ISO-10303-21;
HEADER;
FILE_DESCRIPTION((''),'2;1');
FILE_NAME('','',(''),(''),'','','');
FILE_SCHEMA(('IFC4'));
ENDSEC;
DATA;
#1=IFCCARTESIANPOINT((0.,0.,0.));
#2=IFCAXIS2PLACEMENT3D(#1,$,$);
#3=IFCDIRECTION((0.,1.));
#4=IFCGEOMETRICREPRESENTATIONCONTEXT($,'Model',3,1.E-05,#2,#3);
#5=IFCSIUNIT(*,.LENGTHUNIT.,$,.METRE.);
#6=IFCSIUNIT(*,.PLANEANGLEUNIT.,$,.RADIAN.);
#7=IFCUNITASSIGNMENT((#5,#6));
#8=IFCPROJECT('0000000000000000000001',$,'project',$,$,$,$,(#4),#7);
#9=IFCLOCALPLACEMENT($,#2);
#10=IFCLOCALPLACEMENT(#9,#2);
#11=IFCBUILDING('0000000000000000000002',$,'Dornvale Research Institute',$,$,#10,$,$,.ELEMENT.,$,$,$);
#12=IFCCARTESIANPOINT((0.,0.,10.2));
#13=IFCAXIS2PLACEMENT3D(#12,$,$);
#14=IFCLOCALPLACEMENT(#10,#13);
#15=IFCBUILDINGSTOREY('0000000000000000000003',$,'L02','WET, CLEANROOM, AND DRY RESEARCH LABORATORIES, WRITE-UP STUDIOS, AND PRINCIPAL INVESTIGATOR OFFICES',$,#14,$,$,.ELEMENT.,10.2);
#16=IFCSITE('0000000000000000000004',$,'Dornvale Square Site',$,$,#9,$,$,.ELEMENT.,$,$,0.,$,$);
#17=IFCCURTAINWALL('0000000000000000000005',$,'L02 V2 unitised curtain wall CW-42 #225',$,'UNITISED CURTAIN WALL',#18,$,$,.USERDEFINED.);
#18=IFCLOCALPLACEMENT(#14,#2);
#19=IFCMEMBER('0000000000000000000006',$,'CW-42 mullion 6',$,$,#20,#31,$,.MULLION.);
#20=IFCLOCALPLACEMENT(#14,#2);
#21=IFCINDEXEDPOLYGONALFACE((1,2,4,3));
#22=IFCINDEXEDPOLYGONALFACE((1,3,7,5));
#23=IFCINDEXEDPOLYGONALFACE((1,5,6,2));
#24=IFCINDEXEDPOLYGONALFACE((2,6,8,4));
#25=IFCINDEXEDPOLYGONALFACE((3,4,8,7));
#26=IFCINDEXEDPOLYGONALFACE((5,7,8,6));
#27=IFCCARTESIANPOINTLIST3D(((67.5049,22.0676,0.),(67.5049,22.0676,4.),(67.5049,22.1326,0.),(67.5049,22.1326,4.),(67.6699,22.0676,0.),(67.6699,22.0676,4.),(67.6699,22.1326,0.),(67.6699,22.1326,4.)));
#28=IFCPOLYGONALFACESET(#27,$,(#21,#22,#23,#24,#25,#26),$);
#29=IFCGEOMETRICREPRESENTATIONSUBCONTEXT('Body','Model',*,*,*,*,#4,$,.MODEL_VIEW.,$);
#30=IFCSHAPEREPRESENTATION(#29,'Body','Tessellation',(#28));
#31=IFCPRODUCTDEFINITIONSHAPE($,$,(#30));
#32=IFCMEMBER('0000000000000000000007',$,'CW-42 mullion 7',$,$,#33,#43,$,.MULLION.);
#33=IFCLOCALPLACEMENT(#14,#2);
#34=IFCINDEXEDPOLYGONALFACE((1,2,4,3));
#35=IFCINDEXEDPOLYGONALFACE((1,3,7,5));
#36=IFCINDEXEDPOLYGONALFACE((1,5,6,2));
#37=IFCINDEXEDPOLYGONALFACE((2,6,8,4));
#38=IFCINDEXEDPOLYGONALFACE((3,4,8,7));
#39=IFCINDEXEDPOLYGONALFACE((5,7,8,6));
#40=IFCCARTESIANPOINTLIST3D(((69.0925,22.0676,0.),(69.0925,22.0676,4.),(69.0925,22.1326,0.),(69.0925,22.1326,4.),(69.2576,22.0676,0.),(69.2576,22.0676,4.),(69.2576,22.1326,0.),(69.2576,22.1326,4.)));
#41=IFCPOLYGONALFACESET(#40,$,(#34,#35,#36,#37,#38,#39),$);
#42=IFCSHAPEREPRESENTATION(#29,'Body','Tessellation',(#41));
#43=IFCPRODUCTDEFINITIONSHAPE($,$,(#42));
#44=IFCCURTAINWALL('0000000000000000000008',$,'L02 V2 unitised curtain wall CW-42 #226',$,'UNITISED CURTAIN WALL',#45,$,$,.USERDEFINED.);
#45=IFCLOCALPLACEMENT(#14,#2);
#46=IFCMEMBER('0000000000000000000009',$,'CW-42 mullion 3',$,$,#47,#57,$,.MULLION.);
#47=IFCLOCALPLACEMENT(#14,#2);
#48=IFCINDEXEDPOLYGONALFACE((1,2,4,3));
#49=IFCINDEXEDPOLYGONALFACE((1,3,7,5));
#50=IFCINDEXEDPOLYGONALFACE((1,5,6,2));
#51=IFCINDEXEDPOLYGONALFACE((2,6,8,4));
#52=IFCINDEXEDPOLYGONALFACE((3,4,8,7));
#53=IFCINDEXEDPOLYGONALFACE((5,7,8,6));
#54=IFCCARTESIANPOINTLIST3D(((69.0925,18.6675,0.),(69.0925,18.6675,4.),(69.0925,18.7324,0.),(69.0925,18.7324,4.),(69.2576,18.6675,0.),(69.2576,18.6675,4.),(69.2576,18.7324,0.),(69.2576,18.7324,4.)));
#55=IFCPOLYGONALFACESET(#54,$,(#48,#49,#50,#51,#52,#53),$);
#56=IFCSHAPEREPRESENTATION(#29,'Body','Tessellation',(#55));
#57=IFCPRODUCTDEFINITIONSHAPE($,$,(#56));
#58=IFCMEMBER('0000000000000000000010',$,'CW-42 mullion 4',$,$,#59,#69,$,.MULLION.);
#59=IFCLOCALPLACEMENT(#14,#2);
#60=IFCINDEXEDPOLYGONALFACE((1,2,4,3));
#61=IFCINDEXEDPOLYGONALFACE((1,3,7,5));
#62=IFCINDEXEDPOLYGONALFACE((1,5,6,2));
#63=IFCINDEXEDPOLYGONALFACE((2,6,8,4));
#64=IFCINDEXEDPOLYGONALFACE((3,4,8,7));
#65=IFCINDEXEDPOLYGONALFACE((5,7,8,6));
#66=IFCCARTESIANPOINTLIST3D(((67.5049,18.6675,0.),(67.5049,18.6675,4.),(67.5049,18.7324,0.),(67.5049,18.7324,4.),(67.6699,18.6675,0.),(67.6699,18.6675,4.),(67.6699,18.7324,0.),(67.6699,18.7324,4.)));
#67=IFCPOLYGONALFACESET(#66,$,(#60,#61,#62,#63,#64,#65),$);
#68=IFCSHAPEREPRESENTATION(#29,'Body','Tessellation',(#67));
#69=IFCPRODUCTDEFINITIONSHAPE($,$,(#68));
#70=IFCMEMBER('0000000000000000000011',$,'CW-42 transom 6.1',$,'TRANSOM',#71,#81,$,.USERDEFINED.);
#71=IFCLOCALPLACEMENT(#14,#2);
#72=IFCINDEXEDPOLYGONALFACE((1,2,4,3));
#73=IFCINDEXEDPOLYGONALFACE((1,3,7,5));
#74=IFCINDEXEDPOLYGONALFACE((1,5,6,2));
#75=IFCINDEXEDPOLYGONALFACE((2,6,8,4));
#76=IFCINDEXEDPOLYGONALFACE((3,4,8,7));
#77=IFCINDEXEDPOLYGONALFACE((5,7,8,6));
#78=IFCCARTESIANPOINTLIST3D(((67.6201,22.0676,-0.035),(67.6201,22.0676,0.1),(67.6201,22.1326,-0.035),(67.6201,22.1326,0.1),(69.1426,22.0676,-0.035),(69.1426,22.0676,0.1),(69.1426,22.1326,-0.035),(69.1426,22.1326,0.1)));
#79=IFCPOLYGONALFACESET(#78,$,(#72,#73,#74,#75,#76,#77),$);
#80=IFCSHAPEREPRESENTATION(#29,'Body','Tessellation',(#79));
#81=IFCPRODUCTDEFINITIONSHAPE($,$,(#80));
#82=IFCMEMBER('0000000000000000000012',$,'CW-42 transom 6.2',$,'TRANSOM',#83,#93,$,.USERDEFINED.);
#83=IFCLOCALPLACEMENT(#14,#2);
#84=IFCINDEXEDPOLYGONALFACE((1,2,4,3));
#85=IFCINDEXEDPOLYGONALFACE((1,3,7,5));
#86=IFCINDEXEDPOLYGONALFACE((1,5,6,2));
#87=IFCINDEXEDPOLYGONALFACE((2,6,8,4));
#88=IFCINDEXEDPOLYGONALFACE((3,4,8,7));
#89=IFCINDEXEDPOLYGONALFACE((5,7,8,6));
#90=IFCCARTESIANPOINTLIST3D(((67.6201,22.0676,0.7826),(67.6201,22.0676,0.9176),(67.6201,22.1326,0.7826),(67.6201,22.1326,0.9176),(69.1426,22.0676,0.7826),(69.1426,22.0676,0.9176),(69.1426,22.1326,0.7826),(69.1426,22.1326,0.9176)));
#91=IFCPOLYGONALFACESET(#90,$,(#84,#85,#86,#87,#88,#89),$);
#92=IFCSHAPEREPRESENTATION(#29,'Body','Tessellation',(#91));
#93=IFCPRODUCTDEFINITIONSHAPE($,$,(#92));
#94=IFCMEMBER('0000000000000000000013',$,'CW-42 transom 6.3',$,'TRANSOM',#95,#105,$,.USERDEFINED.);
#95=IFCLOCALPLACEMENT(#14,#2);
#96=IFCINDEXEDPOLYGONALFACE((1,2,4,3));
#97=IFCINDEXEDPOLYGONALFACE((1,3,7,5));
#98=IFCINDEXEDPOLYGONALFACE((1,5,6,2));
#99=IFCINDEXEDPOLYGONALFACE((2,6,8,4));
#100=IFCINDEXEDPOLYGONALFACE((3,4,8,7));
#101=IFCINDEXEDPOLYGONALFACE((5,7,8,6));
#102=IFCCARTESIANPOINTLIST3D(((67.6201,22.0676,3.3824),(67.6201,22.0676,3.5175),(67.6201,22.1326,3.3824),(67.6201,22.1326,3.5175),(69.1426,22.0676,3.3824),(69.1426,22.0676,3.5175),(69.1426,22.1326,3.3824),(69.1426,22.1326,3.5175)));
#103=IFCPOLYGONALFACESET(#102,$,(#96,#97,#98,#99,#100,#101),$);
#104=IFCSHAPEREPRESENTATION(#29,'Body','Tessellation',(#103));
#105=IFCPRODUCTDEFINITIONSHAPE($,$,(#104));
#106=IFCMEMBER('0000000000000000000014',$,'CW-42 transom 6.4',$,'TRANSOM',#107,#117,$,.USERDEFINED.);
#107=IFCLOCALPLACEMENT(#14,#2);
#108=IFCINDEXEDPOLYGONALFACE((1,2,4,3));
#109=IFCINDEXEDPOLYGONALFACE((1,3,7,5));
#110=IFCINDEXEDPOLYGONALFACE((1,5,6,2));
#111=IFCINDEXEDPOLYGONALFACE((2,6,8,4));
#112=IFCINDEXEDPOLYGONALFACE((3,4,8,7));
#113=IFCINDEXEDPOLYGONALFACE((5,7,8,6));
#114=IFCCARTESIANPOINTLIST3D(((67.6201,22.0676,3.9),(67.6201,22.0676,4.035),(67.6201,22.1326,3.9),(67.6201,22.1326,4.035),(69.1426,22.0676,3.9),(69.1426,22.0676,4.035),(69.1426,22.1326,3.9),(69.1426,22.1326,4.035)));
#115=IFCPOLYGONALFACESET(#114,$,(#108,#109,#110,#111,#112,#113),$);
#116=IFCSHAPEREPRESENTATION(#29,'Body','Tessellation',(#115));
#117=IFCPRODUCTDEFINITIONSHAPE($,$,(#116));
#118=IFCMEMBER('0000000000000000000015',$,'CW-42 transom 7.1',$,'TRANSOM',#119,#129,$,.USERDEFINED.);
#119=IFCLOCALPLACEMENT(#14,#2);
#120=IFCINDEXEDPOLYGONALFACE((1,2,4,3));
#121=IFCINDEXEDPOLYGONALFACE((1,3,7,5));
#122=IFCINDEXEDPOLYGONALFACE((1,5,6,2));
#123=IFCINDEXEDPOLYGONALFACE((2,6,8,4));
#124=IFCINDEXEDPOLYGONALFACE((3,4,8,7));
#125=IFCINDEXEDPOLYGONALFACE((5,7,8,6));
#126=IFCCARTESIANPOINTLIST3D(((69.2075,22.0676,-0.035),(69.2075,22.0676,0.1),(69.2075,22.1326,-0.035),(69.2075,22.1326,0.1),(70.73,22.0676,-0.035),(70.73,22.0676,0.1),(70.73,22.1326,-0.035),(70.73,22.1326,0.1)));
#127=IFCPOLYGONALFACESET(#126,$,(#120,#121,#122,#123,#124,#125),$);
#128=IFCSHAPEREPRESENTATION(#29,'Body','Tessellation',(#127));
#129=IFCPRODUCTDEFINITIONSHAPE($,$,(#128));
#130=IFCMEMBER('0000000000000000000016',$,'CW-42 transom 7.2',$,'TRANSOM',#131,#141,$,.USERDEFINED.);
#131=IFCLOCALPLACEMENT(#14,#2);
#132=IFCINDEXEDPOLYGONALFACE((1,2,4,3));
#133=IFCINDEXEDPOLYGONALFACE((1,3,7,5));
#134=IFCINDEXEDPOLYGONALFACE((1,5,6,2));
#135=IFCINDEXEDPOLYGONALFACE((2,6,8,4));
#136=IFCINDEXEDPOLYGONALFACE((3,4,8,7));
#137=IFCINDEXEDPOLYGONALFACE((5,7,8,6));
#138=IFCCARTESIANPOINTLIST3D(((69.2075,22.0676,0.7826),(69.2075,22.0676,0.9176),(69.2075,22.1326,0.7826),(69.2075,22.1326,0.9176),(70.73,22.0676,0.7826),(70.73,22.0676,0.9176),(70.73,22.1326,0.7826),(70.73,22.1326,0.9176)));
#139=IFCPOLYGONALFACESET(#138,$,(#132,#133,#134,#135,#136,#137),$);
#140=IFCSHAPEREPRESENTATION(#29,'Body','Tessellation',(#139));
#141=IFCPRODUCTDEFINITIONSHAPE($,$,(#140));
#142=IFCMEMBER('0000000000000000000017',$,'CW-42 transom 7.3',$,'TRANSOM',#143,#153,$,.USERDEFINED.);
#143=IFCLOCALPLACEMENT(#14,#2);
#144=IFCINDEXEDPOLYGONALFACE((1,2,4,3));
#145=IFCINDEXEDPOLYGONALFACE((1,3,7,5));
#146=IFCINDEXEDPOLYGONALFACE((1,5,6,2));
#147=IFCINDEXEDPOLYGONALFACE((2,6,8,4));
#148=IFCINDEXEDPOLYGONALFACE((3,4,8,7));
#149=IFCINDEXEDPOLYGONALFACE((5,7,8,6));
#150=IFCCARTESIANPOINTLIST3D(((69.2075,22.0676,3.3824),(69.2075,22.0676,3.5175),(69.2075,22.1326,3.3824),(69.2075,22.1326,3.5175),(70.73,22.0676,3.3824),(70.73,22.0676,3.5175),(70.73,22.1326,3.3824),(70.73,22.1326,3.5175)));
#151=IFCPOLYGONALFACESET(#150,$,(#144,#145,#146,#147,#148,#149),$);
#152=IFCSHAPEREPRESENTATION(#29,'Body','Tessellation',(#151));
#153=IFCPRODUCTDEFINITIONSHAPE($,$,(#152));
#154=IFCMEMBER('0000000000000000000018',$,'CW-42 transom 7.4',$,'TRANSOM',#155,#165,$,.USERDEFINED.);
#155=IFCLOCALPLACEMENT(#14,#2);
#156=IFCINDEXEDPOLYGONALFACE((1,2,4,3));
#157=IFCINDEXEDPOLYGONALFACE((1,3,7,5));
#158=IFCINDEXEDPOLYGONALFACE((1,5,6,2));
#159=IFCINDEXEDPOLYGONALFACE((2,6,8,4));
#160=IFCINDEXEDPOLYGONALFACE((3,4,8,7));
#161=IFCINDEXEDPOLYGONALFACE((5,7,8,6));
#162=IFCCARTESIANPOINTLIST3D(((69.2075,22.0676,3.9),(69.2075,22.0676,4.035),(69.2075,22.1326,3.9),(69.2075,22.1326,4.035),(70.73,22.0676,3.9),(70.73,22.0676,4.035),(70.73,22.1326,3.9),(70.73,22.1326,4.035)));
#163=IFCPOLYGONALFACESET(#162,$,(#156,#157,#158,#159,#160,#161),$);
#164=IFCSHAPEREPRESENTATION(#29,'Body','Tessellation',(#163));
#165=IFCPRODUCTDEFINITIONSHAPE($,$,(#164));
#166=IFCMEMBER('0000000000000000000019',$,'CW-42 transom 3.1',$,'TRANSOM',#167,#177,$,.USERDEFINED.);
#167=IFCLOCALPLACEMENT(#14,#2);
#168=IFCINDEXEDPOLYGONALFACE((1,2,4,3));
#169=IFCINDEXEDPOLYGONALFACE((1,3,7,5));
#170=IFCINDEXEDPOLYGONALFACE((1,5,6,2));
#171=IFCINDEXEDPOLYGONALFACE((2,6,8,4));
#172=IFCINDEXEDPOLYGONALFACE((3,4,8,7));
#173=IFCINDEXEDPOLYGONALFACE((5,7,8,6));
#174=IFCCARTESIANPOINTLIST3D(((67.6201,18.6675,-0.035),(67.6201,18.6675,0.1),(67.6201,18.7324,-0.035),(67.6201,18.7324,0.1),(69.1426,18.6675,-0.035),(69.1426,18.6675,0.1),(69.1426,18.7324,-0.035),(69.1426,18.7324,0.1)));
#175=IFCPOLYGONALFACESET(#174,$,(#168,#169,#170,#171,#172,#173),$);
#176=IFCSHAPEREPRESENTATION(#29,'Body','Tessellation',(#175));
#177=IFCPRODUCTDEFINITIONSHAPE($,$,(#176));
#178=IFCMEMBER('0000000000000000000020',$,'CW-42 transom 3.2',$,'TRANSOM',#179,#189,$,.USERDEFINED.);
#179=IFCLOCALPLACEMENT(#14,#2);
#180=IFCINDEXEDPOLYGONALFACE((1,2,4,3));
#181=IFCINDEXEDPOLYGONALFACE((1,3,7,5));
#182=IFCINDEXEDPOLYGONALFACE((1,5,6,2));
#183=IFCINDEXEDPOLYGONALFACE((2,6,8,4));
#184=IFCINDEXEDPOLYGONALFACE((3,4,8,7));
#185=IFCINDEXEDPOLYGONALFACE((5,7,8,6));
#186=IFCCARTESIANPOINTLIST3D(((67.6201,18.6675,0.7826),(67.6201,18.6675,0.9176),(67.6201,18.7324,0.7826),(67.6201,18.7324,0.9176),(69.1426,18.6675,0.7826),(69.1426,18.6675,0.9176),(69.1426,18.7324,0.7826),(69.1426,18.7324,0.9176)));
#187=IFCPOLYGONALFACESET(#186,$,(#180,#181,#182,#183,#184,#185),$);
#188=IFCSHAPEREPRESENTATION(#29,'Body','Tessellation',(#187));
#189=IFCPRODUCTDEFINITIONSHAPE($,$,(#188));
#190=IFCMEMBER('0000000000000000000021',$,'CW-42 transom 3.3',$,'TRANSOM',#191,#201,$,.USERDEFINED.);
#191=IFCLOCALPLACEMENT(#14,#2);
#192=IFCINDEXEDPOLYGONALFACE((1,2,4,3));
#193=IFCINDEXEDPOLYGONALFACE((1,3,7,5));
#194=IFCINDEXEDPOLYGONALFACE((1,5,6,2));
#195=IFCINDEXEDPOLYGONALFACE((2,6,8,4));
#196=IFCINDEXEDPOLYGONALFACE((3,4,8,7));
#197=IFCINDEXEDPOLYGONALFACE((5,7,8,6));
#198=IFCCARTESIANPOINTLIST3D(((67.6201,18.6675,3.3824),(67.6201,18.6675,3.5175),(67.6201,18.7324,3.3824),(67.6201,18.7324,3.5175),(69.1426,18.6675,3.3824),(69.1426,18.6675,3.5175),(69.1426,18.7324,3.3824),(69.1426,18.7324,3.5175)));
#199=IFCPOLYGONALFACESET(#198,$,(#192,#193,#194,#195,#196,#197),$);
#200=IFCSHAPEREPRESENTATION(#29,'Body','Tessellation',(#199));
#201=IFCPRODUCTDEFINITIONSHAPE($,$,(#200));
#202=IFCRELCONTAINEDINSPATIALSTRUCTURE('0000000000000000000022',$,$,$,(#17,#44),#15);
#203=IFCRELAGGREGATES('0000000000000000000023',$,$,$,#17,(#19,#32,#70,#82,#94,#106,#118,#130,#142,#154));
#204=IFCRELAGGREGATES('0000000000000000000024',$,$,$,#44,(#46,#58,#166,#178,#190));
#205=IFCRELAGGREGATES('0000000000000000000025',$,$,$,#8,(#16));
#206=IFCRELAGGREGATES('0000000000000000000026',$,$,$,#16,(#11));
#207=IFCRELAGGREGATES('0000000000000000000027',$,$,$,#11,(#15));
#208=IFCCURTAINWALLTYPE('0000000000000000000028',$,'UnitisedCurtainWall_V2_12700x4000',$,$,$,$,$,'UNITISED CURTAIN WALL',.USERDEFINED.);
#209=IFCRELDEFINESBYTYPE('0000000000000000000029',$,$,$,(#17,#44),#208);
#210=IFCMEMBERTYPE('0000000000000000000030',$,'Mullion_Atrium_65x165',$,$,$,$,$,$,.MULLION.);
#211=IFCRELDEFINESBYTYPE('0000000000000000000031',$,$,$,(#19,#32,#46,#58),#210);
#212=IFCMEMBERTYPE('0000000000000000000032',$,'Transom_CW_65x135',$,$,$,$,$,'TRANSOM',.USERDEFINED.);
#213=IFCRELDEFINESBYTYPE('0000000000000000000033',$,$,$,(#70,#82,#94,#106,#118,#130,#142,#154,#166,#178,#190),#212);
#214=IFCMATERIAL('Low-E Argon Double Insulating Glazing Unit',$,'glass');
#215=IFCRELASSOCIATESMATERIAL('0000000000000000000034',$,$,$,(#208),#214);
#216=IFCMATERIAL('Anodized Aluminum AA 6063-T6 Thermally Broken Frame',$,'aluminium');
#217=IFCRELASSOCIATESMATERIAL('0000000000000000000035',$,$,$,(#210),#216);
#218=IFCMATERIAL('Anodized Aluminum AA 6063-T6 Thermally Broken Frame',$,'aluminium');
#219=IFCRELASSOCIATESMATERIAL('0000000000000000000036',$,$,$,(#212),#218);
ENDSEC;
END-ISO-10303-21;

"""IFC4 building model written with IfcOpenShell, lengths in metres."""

from ifc_helpers import new_model, si_unit, direction, frame, origin, origin_2d, place, context, subcontext, project, spatial, rectangle, extrude, material, material_profile, profile_set, type_object, element, aggregate, save


model = new_model("IFC4")

# Units and contexts
model_context = context("Model", 3, precision=1e-05, world=origin(), true_north=direction((0.0, 1.0)))
body_context = subcontext(model_context, "Body", "Model", "MODEL_VIEW")
ifc_project = project(units=[si_unit("LENGTHUNIT", "METRE"), si_unit("PLANEANGLEUNIT", "RADIAN")], contexts=[model_context])

# Site, building, storey
site_placement = place(None, origin())
site = spatial("IfcSite", under=ifc_project, at=site_placement, Name="Dornvale Square Site", CompositionType="ELEMENT", RefElevation=0.0)
building_placement = place(site_placement, origin())
building = spatial("IfcBuilding", under=site, at=building_placement, Name="Dornvale Research Institute", CompositionType="ELEMENT")
storey_placement = place(building_placement, frame((0.0, 0.0, 10.2)))
storey = spatial("IfcBuildingStorey", under=building, at=storey_placement, Name="L02", Description="WET, CLEANROOM, AND DRY RESEARCH LABORATORIES, WRITE-UP STUDIOS, AND PRINCIPAL INVESTIGATOR OFFICES", CompositionType="ELEMENT", Elevation=10.2)

# Curtain walls, members
ifc_material_1 = material(Name="Low-E Argon Double Insulating Glazing Unit", Category="glass")
curtain_wall_type = type_object("IfcCurtainWallType", Name="UnitisedCurtainWall_V2_12700x4000", ElementType="UNITISED CURTAIN WALL", PredefinedType="USERDEFINED", material=ifc_material_1)
curtain_wall_1_placement = place(storey_placement, origin())
curtain_wall_1 = element("IfcCurtainWall", 1, at=curtain_wall_1_placement, inside=storey, type_object=curtain_wall_type, Name="L02 V2 unitised curtain wall CW-42 #225", ObjectType="UNITISED CURTAIN WALL", PredefinedType="USERDEFINED")
ifc_material_2 = material(Name="Anodized Aluminum AA 6063-T6 Thermally Broken Frame", Category="aluminium")
ifc_material_profile_1 = material_profile(ifc_material_2, rectangle(XDim=0.0649, YDim=0.165, at=origin_2d()), Name="ALU MULLION 65x165")
ifc_profile_set_1 = profile_set([ifc_material_profile_1], Name="Anodized Aluminum AA 6063-T6 Thermally Broken Frame")
member_type_1 = type_object("IfcMemberType", Name="Mullion_Atrium_65x165", PredefinedType="MULLION", material=ifc_profile_set_1)
member_1_placement = place(storey_placement, frame((67.5874, 22.1001, 0.0), z_axis=(0.0, 0.0, 1.0), x_axis=(0.0, 1.0, 0.0)))
member_1 = element("IfcMember", 2, at=member_1_placement, type_object=member_type_1, Name="CW-42 mullion 6", PredefinedType="MULLION", context=body_context, shape_type="SweptSolid", body=[
    extrude(rectangle(XDim=0.0649, YDim=0.165, at=origin_2d()), origin(), (0.0, 0.0, 1.0), 4.0),
])
member_2_placement = place(storey_placement, frame((69.175, 22.1001, 0.0), z_axis=(0.0, 0.0, 1.0), x_axis=(0.0, 1.0, 0.0)))
member_2 = element("IfcMember", 3, at=member_2_placement, type_object=member_type_1, Name="CW-42 mullion 7", PredefinedType="MULLION", context=body_context, shape_type="SweptSolid", body=[
    extrude(rectangle(XDim=0.0649, YDim=0.165, at=origin_2d()), origin(), (0.0, 0.0, 1.0), 4.0),
])
curtain_wall_2_placement = place(storey_placement, origin())
curtain_wall_2 = element("IfcCurtainWall", 4, at=curtain_wall_2_placement, inside=storey, type_object=curtain_wall_type, Name="L02 V2 unitised curtain wall CW-42 #226", ObjectType="UNITISED CURTAIN WALL", PredefinedType="USERDEFINED")
member_3_placement = place(storey_placement, frame((69.175, 18.7, 0.0), z_axis=(0.0, 0.0, 1.0), x_axis=(0.0, -1.0, 0.0)))
member_3 = element("IfcMember", 5, at=member_3_placement, type_object=member_type_1, Name="CW-42 mullion 3", PredefinedType="MULLION", context=body_context, shape_type="SweptSolid", body=[
    extrude(rectangle(XDim=0.0649, YDim=0.165, at=origin_2d()), origin(), (0.0, 0.0, 1.0), 4.0),
])
member_4_placement = place(storey_placement, frame((67.5874, 18.7, 0.0), z_axis=(0.0, 0.0, 1.0), x_axis=(0.0, -1.0, 0.0)))
member_4 = element("IfcMember", 6, at=member_4_placement, type_object=member_type_1, Name="CW-42 mullion 4", PredefinedType="MULLION", context=body_context, shape_type="SweptSolid", body=[
    extrude(rectangle(XDim=0.0649, YDim=0.165, at=origin_2d()), origin(), (0.0, 0.0, 1.0), 4.0),
])

# Members
ifc_material_3 = material(Name="Anodized Aluminum AA 6063-T6 Thermally Broken Frame", Category="aluminium")
ifc_material_profile_2 = material_profile(ifc_material_3, rectangle(XDim=0.0649, YDim=0.135, at=origin_2d()), Name="ALU TRANSOM 65x135")
ifc_profile_set_2 = profile_set([ifc_material_profile_2], Name="Anodized Aluminum AA 6063-T6 Thermally Broken Frame")
member_type_2 = type_object("IfcMemberType", Name="Transom_CW_65x135", ElementType="TRANSOM", PredefinedType="USERDEFINED", material=ifc_profile_set_2)
member_5_placement = place(storey_placement, frame((67.6201, 22.1001, 0.0325), z_axis=(1.0, 0.0, 0.0), x_axis=(0.0, 1.0, 0.0)))
member_5 = element("IfcMember", 7, at=member_5_placement, type_object=member_type_2, Name="CW-42 transom 6.1", ObjectType="TRANSOM", PredefinedType="USERDEFINED", context=body_context, shape_type="SweptSolid", body=[
    extrude(rectangle(XDim=0.0649, YDim=0.135, at=origin_2d()), origin(), (0.0, 0.0, 1.0), 1.5225),
])
member_6_placement = place(storey_placement, frame((67.6201, 22.1001, 0.8501), z_axis=(1.0, 0.0, 0.0), x_axis=(0.0, 1.0, 0.0)))
member_6 = element("IfcMember", 8, at=member_6_placement, type_object=member_type_2, Name="CW-42 transom 6.2", ObjectType="TRANSOM", PredefinedType="USERDEFINED", context=body_context, shape_type="SweptSolid", body=[
    extrude(rectangle(XDim=0.0649, YDim=0.135, at=origin_2d()), origin(), (0.0, 0.0, 1.0), 1.5225),
])
member_7_placement = place(storey_placement, frame((67.6201, 22.1001, 3.45), z_axis=(1.0, 0.0, 0.0), x_axis=(0.0, 1.0, 0.0)))
member_7 = element("IfcMember", 9, at=member_7_placement, type_object=member_type_2, Name="CW-42 transom 6.3", ObjectType="TRANSOM", PredefinedType="USERDEFINED", context=body_context, shape_type="SweptSolid", body=[
    extrude(rectangle(XDim=0.0649, YDim=0.135, at=origin_2d()), origin(), (0.0, 0.0, 1.0), 1.5225),
])
member_8_placement = place(storey_placement, frame((67.6201, 22.1001, 3.9675), z_axis=(1.0, 0.0, 0.0), x_axis=(0.0, 1.0, 0.0)))
member_8 = element("IfcMember", 10, at=member_8_placement, type_object=member_type_2, Name="CW-42 transom 6.4", ObjectType="TRANSOM", PredefinedType="USERDEFINED", context=body_context, shape_type="SweptSolid", body=[
    extrude(rectangle(XDim=0.0649, YDim=0.135, at=origin_2d()), origin(), (0.0, 0.0, 1.0), 1.5225),
])
member_9_placement = place(storey_placement, frame((69.2075, 22.1001, 0.0325), z_axis=(1.0, 0.0, 0.0), x_axis=(0.0, 1.0, 0.0)))
member_9 = element("IfcMember", 11, at=member_9_placement, type_object=member_type_2, Name="CW-42 transom 7.1", ObjectType="TRANSOM", PredefinedType="USERDEFINED", context=body_context, shape_type="SweptSolid", body=[
    extrude(rectangle(XDim=0.0649, YDim=0.135, at=origin_2d()), origin(), (0.0, 0.0, 1.0), 1.5225),
])
member_10_placement = place(storey_placement, frame((69.2075, 22.1001, 0.8501), z_axis=(1.0, 0.0, 0.0), x_axis=(0.0, 1.0, 0.0)))
member_10 = element("IfcMember", 12, at=member_10_placement, type_object=member_type_2, Name="CW-42 transom 7.2", ObjectType="TRANSOM", PredefinedType="USERDEFINED", context=body_context, shape_type="SweptSolid", body=[
    extrude(rectangle(XDim=0.0649, YDim=0.135, at=origin_2d()), origin(), (0.0, 0.0, 1.0), 1.5225),
])
member_11_placement = place(storey_placement, frame((69.2075, 22.1001, 3.45), z_axis=(1.0, 0.0, 0.0), x_axis=(0.0, 1.0, 0.0)))
member_11 = element("IfcMember", 13, at=member_11_placement, type_object=member_type_2, Name="CW-42 transom 7.3", ObjectType="TRANSOM", PredefinedType="USERDEFINED", context=body_context, shape_type="SweptSolid", body=[
    extrude(rectangle(XDim=0.0649, YDim=0.135, at=origin_2d()), origin(), (0.0, 0.0, 1.0), 1.5225),
])
member_12_placement = place(storey_placement, frame((69.2075, 22.1001, 3.9675), z_axis=(1.0, 0.0, 0.0), x_axis=(0.0, 1.0, 0.0)))
member_12 = element("IfcMember", 14, at=member_12_placement, type_object=member_type_2, Name="CW-42 transom 7.4", ObjectType="TRANSOM", PredefinedType="USERDEFINED", context=body_context, shape_type="SweptSolid", body=[
    extrude(rectangle(XDim=0.0649, YDim=0.135, at=origin_2d()), origin(), (0.0, 0.0, 1.0), 1.5225),
])
member_13_placement = place(storey_placement, frame((69.1426, 18.7, 0.0325), z_axis=(-1.0, 0.0, 0.0), x_axis=(0.0, -1.0, 0.0)))
member_13 = element("IfcMember", 15, at=member_13_placement, type_object=member_type_2, Name="CW-42 transom 3.1", ObjectType="TRANSOM", PredefinedType="USERDEFINED", context=body_context, shape_type="SweptSolid", body=[
    extrude(rectangle(XDim=0.0649, YDim=0.135, at=origin_2d()), origin(), (0.0, 0.0, 1.0), 1.5225),
])
member_14_placement = place(storey_placement, frame((69.1426, 18.7, 0.8501), z_axis=(-1.0, 0.0, 0.0), x_axis=(0.0, -1.0, 0.0)))
member_14 = element("IfcMember", 16, at=member_14_placement, type_object=member_type_2, Name="CW-42 transom 3.2", ObjectType="TRANSOM", PredefinedType="USERDEFINED", context=body_context, shape_type="SweptSolid", body=[
    extrude(rectangle(XDim=0.0649, YDim=0.135, at=origin_2d()), origin(), (0.0, 0.0, 1.0), 1.5225),
])
member_15_placement = place(storey_placement, frame((69.1426, 18.7, 3.45), z_axis=(-1.0, 0.0, 0.0), x_axis=(0.0, -1.0, 0.0)))
member_15 = element("IfcMember", 17, at=member_15_placement, type_object=member_type_2, Name="CW-42 transom 3.3", ObjectType="TRANSOM", PredefinedType="USERDEFINED", context=body_context, shape_type="SweptSolid", body=[
    extrude(rectangle(XDim=0.0649, YDim=0.135, at=origin_2d()), origin(), (0.0, 0.0, 1.0), 1.5225),
])

aggregate(curtain_wall_1, [member_1, member_2, member_5, member_6, member_7, member_8, member_9, member_10, member_11, member_12])
aggregate(curtain_wall_2, [member_3, member_4, member_13, member_14, member_15])

save(model, "model.ifc")
